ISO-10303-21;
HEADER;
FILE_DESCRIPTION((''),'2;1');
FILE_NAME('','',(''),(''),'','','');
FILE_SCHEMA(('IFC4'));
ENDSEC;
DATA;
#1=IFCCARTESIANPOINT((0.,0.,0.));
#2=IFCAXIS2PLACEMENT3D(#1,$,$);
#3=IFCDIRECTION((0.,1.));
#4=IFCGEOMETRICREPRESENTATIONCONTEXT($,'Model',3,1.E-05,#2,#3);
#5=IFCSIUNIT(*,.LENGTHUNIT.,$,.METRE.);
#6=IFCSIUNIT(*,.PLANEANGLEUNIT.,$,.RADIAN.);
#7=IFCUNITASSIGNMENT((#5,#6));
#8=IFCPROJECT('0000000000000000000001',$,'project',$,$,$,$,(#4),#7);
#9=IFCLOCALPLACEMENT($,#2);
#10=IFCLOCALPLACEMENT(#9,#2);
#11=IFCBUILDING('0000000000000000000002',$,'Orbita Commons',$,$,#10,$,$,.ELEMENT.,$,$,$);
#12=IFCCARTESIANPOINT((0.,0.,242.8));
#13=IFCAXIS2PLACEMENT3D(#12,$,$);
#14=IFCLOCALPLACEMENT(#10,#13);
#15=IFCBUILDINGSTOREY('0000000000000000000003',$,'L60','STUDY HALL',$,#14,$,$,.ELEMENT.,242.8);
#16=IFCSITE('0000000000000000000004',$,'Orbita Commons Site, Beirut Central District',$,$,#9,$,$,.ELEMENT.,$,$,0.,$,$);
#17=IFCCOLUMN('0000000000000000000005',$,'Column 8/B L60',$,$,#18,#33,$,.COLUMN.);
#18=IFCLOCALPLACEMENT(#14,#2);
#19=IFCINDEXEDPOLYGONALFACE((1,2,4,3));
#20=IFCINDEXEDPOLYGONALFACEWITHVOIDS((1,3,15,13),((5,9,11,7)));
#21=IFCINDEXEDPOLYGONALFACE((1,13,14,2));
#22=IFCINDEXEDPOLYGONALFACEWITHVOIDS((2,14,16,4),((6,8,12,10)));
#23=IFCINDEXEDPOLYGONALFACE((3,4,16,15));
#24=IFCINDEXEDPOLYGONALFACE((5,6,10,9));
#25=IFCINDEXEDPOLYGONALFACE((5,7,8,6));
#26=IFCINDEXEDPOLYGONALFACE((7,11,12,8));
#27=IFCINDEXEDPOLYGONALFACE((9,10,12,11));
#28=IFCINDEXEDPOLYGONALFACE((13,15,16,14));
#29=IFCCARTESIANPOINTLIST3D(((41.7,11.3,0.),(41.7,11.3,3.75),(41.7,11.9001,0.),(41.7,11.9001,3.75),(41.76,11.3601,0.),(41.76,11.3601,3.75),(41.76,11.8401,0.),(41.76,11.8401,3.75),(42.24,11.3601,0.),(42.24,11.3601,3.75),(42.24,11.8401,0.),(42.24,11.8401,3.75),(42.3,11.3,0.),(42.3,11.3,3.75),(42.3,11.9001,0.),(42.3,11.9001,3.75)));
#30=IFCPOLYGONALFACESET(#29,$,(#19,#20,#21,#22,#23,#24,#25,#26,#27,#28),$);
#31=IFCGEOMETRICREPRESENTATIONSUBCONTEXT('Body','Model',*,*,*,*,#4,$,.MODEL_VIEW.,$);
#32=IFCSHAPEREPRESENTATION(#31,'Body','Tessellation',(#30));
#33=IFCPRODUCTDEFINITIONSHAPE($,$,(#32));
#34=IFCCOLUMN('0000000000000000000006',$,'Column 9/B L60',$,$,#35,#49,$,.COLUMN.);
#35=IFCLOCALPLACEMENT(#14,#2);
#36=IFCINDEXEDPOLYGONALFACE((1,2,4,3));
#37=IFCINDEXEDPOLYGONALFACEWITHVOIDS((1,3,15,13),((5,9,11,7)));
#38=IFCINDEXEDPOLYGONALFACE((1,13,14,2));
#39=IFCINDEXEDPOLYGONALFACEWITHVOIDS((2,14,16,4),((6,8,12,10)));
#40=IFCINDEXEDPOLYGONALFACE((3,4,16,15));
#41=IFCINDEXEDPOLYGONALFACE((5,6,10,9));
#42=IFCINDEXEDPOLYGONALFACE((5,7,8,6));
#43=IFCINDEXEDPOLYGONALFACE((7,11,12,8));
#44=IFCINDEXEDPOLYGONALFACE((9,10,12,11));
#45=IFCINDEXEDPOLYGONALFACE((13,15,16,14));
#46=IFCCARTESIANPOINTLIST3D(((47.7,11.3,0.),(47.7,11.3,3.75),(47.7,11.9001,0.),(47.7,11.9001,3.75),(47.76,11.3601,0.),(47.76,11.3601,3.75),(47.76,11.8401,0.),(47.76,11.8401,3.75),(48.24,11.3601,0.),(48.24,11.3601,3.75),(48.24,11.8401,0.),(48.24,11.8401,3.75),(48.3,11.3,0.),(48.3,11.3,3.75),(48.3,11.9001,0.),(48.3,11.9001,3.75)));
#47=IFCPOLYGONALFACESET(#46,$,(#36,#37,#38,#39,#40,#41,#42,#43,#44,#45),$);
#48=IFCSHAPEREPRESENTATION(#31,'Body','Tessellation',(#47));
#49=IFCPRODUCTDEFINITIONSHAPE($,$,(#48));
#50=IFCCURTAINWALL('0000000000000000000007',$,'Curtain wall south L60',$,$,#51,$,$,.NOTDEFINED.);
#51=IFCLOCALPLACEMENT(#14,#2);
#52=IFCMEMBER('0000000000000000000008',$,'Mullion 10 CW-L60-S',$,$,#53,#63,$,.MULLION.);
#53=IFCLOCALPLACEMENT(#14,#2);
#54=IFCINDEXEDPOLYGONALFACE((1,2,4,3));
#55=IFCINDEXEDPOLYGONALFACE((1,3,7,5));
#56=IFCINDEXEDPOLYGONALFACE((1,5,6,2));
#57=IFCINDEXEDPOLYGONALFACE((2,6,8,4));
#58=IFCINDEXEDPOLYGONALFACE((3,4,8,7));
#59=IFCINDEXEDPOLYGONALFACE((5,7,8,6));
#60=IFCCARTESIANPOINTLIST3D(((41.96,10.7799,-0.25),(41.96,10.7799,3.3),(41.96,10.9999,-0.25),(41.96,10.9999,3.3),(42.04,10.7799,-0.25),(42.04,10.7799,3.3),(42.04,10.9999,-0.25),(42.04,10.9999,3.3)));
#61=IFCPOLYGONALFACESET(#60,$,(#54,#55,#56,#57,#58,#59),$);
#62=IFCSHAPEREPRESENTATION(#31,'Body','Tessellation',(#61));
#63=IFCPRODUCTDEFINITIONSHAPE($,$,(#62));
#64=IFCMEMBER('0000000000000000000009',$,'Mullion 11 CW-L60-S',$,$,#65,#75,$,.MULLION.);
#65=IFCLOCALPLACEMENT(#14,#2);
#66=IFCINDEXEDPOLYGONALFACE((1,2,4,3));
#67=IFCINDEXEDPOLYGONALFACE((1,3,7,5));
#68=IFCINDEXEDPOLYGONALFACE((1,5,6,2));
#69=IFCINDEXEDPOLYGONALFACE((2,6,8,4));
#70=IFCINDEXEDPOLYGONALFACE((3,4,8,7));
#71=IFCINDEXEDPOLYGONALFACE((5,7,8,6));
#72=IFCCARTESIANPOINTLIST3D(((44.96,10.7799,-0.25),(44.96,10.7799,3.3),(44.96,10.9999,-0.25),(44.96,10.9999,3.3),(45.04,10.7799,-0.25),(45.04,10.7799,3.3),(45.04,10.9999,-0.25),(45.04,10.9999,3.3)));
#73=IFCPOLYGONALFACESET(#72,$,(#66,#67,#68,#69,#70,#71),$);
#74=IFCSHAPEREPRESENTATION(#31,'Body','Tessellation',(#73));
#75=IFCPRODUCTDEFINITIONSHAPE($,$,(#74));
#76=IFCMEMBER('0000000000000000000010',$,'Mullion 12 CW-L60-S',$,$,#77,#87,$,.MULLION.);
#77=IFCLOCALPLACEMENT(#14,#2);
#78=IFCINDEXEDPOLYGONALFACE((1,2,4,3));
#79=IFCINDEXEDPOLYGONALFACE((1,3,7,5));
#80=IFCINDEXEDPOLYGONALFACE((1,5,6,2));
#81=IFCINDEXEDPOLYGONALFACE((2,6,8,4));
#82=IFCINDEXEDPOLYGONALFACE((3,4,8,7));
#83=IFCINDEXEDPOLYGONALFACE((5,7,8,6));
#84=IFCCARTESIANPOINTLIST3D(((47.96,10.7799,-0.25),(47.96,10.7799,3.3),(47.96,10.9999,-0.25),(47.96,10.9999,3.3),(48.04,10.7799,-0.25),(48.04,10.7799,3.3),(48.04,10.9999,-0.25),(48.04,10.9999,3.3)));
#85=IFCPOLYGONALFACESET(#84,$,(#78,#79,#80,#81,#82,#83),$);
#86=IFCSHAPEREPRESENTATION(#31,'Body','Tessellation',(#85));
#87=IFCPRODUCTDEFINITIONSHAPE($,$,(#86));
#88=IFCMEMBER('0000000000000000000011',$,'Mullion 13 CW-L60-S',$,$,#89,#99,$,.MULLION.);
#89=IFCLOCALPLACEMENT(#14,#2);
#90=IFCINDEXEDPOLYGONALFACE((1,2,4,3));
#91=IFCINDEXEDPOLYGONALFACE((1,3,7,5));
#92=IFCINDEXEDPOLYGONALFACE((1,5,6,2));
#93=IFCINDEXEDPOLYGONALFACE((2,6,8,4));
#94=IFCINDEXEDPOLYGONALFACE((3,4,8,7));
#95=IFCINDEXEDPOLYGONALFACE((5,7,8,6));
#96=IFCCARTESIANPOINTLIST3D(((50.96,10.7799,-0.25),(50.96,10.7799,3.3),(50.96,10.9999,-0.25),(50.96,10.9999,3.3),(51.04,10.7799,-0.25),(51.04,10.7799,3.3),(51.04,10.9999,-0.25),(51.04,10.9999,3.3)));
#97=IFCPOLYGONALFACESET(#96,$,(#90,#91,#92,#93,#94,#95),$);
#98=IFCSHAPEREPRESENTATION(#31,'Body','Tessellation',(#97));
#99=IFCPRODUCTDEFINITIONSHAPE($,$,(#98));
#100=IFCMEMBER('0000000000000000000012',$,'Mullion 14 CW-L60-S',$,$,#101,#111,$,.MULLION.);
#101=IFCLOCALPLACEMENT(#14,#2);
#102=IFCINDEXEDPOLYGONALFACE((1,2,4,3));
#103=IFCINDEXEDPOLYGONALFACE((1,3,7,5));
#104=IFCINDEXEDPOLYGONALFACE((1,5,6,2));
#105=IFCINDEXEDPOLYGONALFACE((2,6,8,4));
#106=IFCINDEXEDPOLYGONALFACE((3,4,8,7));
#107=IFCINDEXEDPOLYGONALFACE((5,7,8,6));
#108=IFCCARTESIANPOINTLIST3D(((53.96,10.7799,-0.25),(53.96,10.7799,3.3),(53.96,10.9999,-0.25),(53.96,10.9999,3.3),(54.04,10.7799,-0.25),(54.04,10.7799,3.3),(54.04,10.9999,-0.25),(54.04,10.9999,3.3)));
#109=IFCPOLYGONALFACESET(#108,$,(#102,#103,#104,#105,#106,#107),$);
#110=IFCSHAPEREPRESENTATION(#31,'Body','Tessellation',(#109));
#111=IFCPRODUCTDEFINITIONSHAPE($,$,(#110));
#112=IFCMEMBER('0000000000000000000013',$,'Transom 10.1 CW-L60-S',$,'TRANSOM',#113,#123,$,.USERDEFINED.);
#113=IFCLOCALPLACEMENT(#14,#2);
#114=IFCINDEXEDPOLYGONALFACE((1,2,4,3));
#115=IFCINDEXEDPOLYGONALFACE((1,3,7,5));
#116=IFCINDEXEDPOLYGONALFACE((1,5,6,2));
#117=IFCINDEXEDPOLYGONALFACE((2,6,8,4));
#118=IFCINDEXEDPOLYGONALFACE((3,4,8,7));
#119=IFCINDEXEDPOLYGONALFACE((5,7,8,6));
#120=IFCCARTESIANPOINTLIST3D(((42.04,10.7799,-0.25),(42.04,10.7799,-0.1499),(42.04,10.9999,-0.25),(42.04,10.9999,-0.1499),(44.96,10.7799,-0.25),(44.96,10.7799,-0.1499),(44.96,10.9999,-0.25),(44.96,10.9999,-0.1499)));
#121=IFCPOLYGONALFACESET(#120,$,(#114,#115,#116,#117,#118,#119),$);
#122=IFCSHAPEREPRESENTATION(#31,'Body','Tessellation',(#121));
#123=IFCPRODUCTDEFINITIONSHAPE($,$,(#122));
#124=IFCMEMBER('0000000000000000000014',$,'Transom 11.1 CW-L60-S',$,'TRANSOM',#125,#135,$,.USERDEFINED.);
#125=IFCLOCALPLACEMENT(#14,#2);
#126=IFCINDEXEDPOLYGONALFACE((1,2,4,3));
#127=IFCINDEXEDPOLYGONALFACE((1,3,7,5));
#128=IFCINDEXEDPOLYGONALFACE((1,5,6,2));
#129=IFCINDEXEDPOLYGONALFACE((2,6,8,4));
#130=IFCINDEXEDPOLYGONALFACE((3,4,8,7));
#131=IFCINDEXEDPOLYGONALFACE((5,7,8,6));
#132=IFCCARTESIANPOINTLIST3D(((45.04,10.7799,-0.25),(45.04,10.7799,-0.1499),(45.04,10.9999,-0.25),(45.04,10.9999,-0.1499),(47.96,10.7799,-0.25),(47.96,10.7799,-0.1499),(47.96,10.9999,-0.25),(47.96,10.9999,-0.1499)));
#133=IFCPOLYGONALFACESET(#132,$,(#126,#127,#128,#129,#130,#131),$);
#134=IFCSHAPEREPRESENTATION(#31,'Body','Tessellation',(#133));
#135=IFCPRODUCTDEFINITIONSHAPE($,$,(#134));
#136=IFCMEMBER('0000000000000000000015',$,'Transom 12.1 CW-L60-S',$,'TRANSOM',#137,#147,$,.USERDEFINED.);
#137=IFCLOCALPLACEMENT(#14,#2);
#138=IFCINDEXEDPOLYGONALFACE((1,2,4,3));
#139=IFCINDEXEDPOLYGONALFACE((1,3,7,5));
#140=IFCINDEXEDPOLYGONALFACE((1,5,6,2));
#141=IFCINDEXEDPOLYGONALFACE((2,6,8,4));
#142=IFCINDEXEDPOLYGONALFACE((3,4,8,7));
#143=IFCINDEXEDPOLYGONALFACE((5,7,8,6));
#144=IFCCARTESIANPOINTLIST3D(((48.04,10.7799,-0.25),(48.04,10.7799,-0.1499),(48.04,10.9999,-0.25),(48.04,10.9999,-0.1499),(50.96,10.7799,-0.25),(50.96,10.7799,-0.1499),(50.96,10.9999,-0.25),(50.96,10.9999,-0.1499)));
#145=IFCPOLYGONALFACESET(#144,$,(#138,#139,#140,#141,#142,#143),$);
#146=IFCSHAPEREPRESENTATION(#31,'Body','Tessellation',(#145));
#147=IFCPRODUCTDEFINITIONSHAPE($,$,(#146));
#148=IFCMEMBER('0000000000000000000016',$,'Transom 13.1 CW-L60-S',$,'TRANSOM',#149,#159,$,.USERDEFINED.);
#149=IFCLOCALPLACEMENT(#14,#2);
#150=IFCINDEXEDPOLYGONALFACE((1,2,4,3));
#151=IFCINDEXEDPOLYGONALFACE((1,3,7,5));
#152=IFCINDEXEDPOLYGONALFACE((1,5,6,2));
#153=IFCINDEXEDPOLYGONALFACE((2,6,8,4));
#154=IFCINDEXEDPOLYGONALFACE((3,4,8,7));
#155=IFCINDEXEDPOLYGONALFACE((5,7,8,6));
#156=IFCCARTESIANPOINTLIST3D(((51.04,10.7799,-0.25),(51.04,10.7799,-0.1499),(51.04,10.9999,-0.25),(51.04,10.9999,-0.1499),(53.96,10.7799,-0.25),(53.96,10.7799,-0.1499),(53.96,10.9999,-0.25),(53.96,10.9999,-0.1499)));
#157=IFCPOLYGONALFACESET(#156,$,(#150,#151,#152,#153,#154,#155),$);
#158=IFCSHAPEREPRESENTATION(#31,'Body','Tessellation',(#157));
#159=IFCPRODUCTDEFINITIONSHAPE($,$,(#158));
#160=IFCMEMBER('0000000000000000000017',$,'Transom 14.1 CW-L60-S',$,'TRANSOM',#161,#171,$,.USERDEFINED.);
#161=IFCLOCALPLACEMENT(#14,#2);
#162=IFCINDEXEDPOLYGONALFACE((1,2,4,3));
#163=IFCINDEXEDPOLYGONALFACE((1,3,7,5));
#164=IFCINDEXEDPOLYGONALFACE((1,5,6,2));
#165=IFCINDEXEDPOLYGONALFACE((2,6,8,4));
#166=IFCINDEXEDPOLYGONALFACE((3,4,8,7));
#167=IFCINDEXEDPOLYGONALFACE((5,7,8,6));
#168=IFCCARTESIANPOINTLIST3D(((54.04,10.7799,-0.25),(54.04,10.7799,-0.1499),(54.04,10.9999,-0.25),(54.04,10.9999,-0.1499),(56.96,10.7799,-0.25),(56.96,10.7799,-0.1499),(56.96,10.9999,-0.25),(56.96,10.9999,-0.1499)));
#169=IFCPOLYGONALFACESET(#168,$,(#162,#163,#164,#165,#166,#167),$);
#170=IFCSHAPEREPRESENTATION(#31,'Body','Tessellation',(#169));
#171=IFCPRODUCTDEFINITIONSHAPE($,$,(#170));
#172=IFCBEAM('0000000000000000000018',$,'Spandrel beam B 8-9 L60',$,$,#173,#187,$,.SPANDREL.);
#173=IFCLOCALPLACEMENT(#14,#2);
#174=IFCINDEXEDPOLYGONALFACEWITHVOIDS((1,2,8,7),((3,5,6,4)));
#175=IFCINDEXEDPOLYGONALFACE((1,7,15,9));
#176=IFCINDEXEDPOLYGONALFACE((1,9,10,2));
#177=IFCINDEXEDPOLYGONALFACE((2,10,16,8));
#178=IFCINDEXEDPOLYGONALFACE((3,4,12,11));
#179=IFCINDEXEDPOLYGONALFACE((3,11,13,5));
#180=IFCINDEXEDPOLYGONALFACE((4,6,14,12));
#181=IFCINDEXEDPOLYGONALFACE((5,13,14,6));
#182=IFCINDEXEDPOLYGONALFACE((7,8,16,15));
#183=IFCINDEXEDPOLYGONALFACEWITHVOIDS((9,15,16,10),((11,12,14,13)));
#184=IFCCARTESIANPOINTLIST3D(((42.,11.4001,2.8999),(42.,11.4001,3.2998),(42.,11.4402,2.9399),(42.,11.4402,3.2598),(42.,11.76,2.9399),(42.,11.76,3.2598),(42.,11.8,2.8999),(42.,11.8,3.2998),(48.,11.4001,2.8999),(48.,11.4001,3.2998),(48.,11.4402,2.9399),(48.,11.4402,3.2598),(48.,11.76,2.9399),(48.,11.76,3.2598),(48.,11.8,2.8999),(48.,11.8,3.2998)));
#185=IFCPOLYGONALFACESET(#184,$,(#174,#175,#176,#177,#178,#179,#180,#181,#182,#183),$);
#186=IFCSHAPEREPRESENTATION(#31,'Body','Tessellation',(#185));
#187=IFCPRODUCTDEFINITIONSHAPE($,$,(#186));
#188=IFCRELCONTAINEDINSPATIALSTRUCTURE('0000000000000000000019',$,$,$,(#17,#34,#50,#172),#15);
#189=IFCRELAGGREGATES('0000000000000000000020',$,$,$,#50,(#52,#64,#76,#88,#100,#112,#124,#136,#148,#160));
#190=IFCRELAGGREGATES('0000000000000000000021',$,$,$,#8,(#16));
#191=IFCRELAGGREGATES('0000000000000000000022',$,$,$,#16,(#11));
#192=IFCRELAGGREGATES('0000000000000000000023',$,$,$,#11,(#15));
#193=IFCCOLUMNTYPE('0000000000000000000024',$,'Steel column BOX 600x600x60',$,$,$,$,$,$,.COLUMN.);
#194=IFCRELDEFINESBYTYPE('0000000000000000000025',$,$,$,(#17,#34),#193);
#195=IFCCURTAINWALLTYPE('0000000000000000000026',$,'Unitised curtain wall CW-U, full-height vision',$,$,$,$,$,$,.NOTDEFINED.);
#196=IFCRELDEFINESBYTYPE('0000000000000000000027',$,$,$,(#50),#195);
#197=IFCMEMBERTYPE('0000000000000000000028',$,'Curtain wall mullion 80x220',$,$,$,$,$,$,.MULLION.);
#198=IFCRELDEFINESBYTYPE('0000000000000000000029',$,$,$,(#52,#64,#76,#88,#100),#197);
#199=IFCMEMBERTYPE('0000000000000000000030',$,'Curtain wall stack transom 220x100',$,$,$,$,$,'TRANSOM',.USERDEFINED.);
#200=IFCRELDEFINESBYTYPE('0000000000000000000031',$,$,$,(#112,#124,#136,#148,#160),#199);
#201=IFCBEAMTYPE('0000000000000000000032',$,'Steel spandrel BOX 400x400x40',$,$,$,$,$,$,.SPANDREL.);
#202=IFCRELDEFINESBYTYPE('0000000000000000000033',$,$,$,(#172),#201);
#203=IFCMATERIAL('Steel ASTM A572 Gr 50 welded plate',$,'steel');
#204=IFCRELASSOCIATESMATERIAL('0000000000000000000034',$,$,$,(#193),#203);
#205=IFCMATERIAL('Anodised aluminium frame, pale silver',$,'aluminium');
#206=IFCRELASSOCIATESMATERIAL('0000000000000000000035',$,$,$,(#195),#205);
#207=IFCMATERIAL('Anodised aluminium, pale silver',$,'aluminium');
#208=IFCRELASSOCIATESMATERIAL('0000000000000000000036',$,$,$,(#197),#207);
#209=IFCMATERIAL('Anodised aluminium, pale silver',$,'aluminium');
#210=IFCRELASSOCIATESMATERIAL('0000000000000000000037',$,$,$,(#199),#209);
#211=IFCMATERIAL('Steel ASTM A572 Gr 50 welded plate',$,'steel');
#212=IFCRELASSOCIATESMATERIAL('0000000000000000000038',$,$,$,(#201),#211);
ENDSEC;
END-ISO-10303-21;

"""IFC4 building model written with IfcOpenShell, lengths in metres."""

from ifc_helpers import new_model, si_unit, direction, frame, origin, origin_2d, place, context, subcontext, project, spatial, rectangle, hollow_rectangle, extrude, material, material_profile, profile_set, type_object, element, aggregate, save


model = new_model("IFC4")

# Units and contexts
model_context = context("Model", 3, precision=1e-05, world=origin(), true_north=direction((0.0, 1.0)))
body_context = subcontext(model_context, "Body", "Model", "MODEL_VIEW")
ifc_project = project(units=[si_unit("LENGTHUNIT", "METRE"), si_unit("PLANEANGLEUNIT", "RADIAN")], contexts=[model_context])

# Site, building, storey
site_placement = place(None, origin())
site = spatial("IfcSite", under=ifc_project, at=site_placement, Name="Orbita Commons Site, Beirut Central District", CompositionType="ELEMENT", RefElevation=0.0)
building_placement = place(site_placement, origin())
building = spatial("IfcBuilding", under=site, at=building_placement, Name="Orbita Commons", CompositionType="ELEMENT")
storey_placement = place(building_placement, frame((0.0, 0.0, 242.8)))
storey = spatial("IfcBuildingStorey", under=building, at=storey_placement, Name="L60", Description="STUDY HALL", CompositionType="ELEMENT", Elevation=242.8)

# Columns
ifc_material_1 = material(Name="Steel ASTM A572 Gr 50 welded plate", Category="steel")
ifc_material_profile_1 = material_profile(ifc_material_1, hollow_rectangle(XDim=0.6001, YDim=0.6001, WallThickness=0.0601, at=origin_2d()), Name="BOX 600x600x60")
ifc_profile_set_1 = profile_set([ifc_material_profile_1], Name="Steel ASTM A572 Gr 50 welded plate")
column_type = type_object("IfcColumnType", Name="Steel column BOX 600x600x60", PredefinedType="COLUMN", material=ifc_profile_set_1)
for number, where, z_axis, x_axis, name in (
    (1, (42.0, 11.6001, 0.0), (0.0, 0.0, 1.0), (1.0, 0.0, 0.0), "Column 8/B L60"),
    (2, (48.0, 11.6001, 0.0), (0.0, 0.0, 1.0), (1.0, 0.0, 0.0), "Column 9/B L60"),
):
    element("IfcColumn", number, at=place(storey_placement, frame(where, z_axis=z_axis, x_axis=x_axis)), inside=storey, type_object=column_type, Name=name, PredefinedType="COLUMN", context=body_context, shape_type="SweptSolid", body=[
        extrude(hollow_rectangle(XDim=0.6001, YDim=0.6001, WallThickness=0.0601, at=origin_2d()), origin(), (0.0, 0.0, 1.0), 3.75),
    ])

# Curtain wall, members
ifc_material_2 = material(Name="Anodised aluminium frame, pale silver", Category="aluminium")
curtain_wall_type = type_object("IfcCurtainWallType", Name="Unitised curtain wall CW-U, full-height vision", PredefinedType="NOTDEFINED", material=ifc_material_2)
curtain_wall_placement = place(storey_placement, origin())
curtain_wall = element("IfcCurtainWall", 3, at=curtain_wall_placement, inside=storey, type_object=curtain_wall_type, Name="Curtain wall south L60", PredefinedType="NOTDEFINED")
ifc_material_3 = material(Name="Anodised aluminium, pale silver", Category="aluminium")
ifc_material_profile_2 = material_profile(ifc_material_3, rectangle(XDim=0.0801, YDim=0.22, at=origin_2d()), Name="AL 80x220")
ifc_profile_set_2 = profile_set([ifc_material_profile_2], Name="Anodised aluminium, pale silver")
member_type_1 = type_object("IfcMemberType", Name="Curtain wall mullion 80x220", PredefinedType="MULLION", material=ifc_profile_set_2)
member_1_placement = place(storey_placement, frame((42.0, 10.8899, -0.25), z_axis=(0.0, 0.0, 1.0), x_axis=(1.0, 0.0, 0.0)))
member_1 = element("IfcMember", 4, at=member_1_placement, type_object=member_type_1, Name="Mullion 10 CW-L60-S", PredefinedType="MULLION", context=body_context, shape_type="SweptSolid", body=[
    extrude(rectangle(XDim=0.0801, YDim=0.22, at=origin_2d()), origin(), (0.0, 0.0, 1.0), 3.55),
])
member_2_placement = place(storey_placement, frame((45.0, 10.8899, -0.25), z_axis=(0.0, 0.0, 1.0), x_axis=(1.0, 0.0, 0.0)))
member_2 = element("IfcMember", 5, at=member_2_placement, type_object=member_type_1, Name="Mullion 11 CW-L60-S", PredefinedType="MULLION", context=body_context, shape_type="SweptSolid", body=[
    extrude(rectangle(XDim=0.0801, YDim=0.22, at=origin_2d()), origin(), (0.0, 0.0, 1.0), 3.55),
])
member_3_placement = place(storey_placement, frame((48.0, 10.8899, -0.25), z_axis=(0.0, 0.0, 1.0), x_axis=(1.0, 0.0, 0.0)))
member_3 = element("IfcMember", 6, at=member_3_placement, type_object=member_type_1, Name="Mullion 12 CW-L60-S", PredefinedType="MULLION", context=body_context, shape_type="SweptSolid", body=[
    extrude(rectangle(XDim=0.0801, YDim=0.22, at=origin_2d()), origin(), (0.0, 0.0, 1.0), 3.55),
])
member_4_placement = place(storey_placement, frame((51.0, 10.8899, -0.25), z_axis=(0.0, 0.0, 1.0), x_axis=(1.0, 0.0, 0.0)))
member_4 = element("IfcMember", 7, at=member_4_placement, type_object=member_type_1, Name="Mullion 13 CW-L60-S", PredefinedType="MULLION", context=body_context, shape_type="SweptSolid", body=[
    extrude(rectangle(XDim=0.0801, YDim=0.22, at=origin_2d()), origin(), (0.0, 0.0, 1.0), 3.55),
])
member_5_placement = place(storey_placement, frame((54.0, 10.8899, -0.25), z_axis=(0.0, 0.0, 1.0), x_axis=(1.0, 0.0, 0.0)))
member_5 = element("IfcMember", 8, at=member_5_placement, type_object=member_type_1, Name="Mullion 14 CW-L60-S", PredefinedType="MULLION", context=body_context, shape_type="SweptSolid", body=[
    extrude(rectangle(XDim=0.0801, YDim=0.22, at=origin_2d()), origin(), (0.0, 0.0, 1.0), 3.55),
])
ifc_material_4 = material(Name="Anodised aluminium, pale silver", Category="aluminium")
ifc_material_profile_3 = material_profile(ifc_material_4, rectangle(XDim=0.22, YDim=0.1001, at=origin_2d()), Name="AL 220x100")
ifc_profile_set_3 = profile_set([ifc_material_profile_3], Name="Anodised aluminium, pale silver")
member_type_2 = type_object("IfcMemberType", Name="Curtain wall stack transom 220x100", ElementType="TRANSOM", PredefinedType="USERDEFINED", material=ifc_profile_set_3)
member_6_placement = place(storey_placement, frame((42.04, 10.8899, -0.2), z_axis=(1.0, 0.0, 0.0), x_axis=(0.0, 1.0, 0.0)))
member_6 = element("IfcMember", 9, at=member_6_placement, type_object=member_type_2, Name="Transom 10.1 CW-L60-S", ObjectType="TRANSOM", PredefinedType="USERDEFINED", context=body_context, shape_type="SweptSolid", body=[
    extrude(rectangle(XDim=0.22, YDim=0.1001, at=origin_2d()), origin(), (0.0, 0.0, 1.0), 2.9199),
])
member_7_placement = place(storey_placement, frame((45.04, 10.8899, -0.2), z_axis=(1.0, 0.0, 0.0), x_axis=(0.0, 1.0, 0.0)))
member_7 = element("IfcMember", 10, at=member_7_placement, type_object=member_type_2, Name="Transom 11.1 CW-L60-S", ObjectType="TRANSOM", PredefinedType="USERDEFINED", context=body_context, shape_type="SweptSolid", body=[
    extrude(rectangle(XDim=0.22, YDim=0.1001, at=origin_2d()), origin(), (0.0, 0.0, 1.0), 2.9199),
])
member_8_placement = place(storey_placement, frame((48.04, 10.8899, -0.2), z_axis=(1.0, 0.0, 0.0), x_axis=(0.0, 1.0, 0.0)))
member_8 = element("IfcMember", 11, at=member_8_placement, type_object=member_type_2, Name="Transom 12.1 CW-L60-S", ObjectType="TRANSOM", PredefinedType="USERDEFINED", context=body_context, shape_type="SweptSolid", body=[
    extrude(rectangle(XDim=0.22, YDim=0.1001, at=origin_2d()), origin(), (0.0, 0.0, 1.0), 2.9199),
])
member_9_placement = place(storey_placement, frame((51.04, 10.8899, -0.2), z_axis=(1.0, 0.0, 0.0), x_axis=(0.0, 1.0, 0.0)))
member_9 = element("IfcMember", 12, at=member_9_placement, type_object=member_type_2, Name="Transom 13.1 CW-L60-S", ObjectType="TRANSOM", PredefinedType="USERDEFINED", context=body_context, shape_type="SweptSolid", body=[
    extrude(rectangle(XDim=0.22, YDim=0.1001, at=origin_2d()), origin(), (0.0, 0.0, 1.0), 2.9199),
])
member_10_placement = place(storey_placement, frame((54.04, 10.8899, -0.2), z_axis=(1.0, 0.0, 0.0), x_axis=(0.0, 1.0, 0.0)))
member_10 = element("IfcMember", 13, at=member_10_placement, type_object=member_type_2, Name="Transom 14.1 CW-L60-S", ObjectType="TRANSOM", PredefinedType="USERDEFINED", context=body_context, shape_type="SweptSolid", body=[
    extrude(rectangle(XDim=0.22, YDim=0.1001, at=origin_2d()), origin(), (0.0, 0.0, 1.0), 2.9199),
])

# Beam
ifc_material_5 = material(Name="Steel ASTM A572 Gr 50 welded plate", Category="steel")
ifc_material_profile_4 = material_profile(ifc_material_5, hollow_rectangle(XDim=0.3999, YDim=0.3999, WallThickness=0.04, at=origin_2d()), Name="BOX 400x400x40")
ifc_profile_set_4 = profile_set([ifc_material_profile_4], Name="Steel ASTM A572 Gr 50 welded plate")
beam_type = type_object("IfcBeamType", Name="Steel spandrel BOX 400x400x40", PredefinedType="SPANDREL", material=ifc_profile_set_4)
for number, where, z_axis, x_axis, name in (
    (14, (42.0, 11.6001, 3.0999), (1.0, 0.0, 0.0), (0.0, 1.0, 0.0), "Spandrel beam B 8-9 L60"),
):
    element("IfcBeam", number, at=place(storey_placement, frame(where, z_axis=z_axis, x_axis=x_axis)), inside=storey, type_object=beam_type, Name=name, PredefinedType="SPANDREL", context=body_context, shape_type="SweptSolid", body=[
        extrude(hollow_rectangle(XDim=0.3999, YDim=0.3999, WallThickness=0.04, at=origin_2d()), origin(), (0.0, 0.0, 1.0), 6.0),
    ])

aggregate(curtain_wall, [member_1, member_2, member_3, member_4, member_5, member_6, member_7, member_8, member_9, member_10])

save(model, "model.ifc")
